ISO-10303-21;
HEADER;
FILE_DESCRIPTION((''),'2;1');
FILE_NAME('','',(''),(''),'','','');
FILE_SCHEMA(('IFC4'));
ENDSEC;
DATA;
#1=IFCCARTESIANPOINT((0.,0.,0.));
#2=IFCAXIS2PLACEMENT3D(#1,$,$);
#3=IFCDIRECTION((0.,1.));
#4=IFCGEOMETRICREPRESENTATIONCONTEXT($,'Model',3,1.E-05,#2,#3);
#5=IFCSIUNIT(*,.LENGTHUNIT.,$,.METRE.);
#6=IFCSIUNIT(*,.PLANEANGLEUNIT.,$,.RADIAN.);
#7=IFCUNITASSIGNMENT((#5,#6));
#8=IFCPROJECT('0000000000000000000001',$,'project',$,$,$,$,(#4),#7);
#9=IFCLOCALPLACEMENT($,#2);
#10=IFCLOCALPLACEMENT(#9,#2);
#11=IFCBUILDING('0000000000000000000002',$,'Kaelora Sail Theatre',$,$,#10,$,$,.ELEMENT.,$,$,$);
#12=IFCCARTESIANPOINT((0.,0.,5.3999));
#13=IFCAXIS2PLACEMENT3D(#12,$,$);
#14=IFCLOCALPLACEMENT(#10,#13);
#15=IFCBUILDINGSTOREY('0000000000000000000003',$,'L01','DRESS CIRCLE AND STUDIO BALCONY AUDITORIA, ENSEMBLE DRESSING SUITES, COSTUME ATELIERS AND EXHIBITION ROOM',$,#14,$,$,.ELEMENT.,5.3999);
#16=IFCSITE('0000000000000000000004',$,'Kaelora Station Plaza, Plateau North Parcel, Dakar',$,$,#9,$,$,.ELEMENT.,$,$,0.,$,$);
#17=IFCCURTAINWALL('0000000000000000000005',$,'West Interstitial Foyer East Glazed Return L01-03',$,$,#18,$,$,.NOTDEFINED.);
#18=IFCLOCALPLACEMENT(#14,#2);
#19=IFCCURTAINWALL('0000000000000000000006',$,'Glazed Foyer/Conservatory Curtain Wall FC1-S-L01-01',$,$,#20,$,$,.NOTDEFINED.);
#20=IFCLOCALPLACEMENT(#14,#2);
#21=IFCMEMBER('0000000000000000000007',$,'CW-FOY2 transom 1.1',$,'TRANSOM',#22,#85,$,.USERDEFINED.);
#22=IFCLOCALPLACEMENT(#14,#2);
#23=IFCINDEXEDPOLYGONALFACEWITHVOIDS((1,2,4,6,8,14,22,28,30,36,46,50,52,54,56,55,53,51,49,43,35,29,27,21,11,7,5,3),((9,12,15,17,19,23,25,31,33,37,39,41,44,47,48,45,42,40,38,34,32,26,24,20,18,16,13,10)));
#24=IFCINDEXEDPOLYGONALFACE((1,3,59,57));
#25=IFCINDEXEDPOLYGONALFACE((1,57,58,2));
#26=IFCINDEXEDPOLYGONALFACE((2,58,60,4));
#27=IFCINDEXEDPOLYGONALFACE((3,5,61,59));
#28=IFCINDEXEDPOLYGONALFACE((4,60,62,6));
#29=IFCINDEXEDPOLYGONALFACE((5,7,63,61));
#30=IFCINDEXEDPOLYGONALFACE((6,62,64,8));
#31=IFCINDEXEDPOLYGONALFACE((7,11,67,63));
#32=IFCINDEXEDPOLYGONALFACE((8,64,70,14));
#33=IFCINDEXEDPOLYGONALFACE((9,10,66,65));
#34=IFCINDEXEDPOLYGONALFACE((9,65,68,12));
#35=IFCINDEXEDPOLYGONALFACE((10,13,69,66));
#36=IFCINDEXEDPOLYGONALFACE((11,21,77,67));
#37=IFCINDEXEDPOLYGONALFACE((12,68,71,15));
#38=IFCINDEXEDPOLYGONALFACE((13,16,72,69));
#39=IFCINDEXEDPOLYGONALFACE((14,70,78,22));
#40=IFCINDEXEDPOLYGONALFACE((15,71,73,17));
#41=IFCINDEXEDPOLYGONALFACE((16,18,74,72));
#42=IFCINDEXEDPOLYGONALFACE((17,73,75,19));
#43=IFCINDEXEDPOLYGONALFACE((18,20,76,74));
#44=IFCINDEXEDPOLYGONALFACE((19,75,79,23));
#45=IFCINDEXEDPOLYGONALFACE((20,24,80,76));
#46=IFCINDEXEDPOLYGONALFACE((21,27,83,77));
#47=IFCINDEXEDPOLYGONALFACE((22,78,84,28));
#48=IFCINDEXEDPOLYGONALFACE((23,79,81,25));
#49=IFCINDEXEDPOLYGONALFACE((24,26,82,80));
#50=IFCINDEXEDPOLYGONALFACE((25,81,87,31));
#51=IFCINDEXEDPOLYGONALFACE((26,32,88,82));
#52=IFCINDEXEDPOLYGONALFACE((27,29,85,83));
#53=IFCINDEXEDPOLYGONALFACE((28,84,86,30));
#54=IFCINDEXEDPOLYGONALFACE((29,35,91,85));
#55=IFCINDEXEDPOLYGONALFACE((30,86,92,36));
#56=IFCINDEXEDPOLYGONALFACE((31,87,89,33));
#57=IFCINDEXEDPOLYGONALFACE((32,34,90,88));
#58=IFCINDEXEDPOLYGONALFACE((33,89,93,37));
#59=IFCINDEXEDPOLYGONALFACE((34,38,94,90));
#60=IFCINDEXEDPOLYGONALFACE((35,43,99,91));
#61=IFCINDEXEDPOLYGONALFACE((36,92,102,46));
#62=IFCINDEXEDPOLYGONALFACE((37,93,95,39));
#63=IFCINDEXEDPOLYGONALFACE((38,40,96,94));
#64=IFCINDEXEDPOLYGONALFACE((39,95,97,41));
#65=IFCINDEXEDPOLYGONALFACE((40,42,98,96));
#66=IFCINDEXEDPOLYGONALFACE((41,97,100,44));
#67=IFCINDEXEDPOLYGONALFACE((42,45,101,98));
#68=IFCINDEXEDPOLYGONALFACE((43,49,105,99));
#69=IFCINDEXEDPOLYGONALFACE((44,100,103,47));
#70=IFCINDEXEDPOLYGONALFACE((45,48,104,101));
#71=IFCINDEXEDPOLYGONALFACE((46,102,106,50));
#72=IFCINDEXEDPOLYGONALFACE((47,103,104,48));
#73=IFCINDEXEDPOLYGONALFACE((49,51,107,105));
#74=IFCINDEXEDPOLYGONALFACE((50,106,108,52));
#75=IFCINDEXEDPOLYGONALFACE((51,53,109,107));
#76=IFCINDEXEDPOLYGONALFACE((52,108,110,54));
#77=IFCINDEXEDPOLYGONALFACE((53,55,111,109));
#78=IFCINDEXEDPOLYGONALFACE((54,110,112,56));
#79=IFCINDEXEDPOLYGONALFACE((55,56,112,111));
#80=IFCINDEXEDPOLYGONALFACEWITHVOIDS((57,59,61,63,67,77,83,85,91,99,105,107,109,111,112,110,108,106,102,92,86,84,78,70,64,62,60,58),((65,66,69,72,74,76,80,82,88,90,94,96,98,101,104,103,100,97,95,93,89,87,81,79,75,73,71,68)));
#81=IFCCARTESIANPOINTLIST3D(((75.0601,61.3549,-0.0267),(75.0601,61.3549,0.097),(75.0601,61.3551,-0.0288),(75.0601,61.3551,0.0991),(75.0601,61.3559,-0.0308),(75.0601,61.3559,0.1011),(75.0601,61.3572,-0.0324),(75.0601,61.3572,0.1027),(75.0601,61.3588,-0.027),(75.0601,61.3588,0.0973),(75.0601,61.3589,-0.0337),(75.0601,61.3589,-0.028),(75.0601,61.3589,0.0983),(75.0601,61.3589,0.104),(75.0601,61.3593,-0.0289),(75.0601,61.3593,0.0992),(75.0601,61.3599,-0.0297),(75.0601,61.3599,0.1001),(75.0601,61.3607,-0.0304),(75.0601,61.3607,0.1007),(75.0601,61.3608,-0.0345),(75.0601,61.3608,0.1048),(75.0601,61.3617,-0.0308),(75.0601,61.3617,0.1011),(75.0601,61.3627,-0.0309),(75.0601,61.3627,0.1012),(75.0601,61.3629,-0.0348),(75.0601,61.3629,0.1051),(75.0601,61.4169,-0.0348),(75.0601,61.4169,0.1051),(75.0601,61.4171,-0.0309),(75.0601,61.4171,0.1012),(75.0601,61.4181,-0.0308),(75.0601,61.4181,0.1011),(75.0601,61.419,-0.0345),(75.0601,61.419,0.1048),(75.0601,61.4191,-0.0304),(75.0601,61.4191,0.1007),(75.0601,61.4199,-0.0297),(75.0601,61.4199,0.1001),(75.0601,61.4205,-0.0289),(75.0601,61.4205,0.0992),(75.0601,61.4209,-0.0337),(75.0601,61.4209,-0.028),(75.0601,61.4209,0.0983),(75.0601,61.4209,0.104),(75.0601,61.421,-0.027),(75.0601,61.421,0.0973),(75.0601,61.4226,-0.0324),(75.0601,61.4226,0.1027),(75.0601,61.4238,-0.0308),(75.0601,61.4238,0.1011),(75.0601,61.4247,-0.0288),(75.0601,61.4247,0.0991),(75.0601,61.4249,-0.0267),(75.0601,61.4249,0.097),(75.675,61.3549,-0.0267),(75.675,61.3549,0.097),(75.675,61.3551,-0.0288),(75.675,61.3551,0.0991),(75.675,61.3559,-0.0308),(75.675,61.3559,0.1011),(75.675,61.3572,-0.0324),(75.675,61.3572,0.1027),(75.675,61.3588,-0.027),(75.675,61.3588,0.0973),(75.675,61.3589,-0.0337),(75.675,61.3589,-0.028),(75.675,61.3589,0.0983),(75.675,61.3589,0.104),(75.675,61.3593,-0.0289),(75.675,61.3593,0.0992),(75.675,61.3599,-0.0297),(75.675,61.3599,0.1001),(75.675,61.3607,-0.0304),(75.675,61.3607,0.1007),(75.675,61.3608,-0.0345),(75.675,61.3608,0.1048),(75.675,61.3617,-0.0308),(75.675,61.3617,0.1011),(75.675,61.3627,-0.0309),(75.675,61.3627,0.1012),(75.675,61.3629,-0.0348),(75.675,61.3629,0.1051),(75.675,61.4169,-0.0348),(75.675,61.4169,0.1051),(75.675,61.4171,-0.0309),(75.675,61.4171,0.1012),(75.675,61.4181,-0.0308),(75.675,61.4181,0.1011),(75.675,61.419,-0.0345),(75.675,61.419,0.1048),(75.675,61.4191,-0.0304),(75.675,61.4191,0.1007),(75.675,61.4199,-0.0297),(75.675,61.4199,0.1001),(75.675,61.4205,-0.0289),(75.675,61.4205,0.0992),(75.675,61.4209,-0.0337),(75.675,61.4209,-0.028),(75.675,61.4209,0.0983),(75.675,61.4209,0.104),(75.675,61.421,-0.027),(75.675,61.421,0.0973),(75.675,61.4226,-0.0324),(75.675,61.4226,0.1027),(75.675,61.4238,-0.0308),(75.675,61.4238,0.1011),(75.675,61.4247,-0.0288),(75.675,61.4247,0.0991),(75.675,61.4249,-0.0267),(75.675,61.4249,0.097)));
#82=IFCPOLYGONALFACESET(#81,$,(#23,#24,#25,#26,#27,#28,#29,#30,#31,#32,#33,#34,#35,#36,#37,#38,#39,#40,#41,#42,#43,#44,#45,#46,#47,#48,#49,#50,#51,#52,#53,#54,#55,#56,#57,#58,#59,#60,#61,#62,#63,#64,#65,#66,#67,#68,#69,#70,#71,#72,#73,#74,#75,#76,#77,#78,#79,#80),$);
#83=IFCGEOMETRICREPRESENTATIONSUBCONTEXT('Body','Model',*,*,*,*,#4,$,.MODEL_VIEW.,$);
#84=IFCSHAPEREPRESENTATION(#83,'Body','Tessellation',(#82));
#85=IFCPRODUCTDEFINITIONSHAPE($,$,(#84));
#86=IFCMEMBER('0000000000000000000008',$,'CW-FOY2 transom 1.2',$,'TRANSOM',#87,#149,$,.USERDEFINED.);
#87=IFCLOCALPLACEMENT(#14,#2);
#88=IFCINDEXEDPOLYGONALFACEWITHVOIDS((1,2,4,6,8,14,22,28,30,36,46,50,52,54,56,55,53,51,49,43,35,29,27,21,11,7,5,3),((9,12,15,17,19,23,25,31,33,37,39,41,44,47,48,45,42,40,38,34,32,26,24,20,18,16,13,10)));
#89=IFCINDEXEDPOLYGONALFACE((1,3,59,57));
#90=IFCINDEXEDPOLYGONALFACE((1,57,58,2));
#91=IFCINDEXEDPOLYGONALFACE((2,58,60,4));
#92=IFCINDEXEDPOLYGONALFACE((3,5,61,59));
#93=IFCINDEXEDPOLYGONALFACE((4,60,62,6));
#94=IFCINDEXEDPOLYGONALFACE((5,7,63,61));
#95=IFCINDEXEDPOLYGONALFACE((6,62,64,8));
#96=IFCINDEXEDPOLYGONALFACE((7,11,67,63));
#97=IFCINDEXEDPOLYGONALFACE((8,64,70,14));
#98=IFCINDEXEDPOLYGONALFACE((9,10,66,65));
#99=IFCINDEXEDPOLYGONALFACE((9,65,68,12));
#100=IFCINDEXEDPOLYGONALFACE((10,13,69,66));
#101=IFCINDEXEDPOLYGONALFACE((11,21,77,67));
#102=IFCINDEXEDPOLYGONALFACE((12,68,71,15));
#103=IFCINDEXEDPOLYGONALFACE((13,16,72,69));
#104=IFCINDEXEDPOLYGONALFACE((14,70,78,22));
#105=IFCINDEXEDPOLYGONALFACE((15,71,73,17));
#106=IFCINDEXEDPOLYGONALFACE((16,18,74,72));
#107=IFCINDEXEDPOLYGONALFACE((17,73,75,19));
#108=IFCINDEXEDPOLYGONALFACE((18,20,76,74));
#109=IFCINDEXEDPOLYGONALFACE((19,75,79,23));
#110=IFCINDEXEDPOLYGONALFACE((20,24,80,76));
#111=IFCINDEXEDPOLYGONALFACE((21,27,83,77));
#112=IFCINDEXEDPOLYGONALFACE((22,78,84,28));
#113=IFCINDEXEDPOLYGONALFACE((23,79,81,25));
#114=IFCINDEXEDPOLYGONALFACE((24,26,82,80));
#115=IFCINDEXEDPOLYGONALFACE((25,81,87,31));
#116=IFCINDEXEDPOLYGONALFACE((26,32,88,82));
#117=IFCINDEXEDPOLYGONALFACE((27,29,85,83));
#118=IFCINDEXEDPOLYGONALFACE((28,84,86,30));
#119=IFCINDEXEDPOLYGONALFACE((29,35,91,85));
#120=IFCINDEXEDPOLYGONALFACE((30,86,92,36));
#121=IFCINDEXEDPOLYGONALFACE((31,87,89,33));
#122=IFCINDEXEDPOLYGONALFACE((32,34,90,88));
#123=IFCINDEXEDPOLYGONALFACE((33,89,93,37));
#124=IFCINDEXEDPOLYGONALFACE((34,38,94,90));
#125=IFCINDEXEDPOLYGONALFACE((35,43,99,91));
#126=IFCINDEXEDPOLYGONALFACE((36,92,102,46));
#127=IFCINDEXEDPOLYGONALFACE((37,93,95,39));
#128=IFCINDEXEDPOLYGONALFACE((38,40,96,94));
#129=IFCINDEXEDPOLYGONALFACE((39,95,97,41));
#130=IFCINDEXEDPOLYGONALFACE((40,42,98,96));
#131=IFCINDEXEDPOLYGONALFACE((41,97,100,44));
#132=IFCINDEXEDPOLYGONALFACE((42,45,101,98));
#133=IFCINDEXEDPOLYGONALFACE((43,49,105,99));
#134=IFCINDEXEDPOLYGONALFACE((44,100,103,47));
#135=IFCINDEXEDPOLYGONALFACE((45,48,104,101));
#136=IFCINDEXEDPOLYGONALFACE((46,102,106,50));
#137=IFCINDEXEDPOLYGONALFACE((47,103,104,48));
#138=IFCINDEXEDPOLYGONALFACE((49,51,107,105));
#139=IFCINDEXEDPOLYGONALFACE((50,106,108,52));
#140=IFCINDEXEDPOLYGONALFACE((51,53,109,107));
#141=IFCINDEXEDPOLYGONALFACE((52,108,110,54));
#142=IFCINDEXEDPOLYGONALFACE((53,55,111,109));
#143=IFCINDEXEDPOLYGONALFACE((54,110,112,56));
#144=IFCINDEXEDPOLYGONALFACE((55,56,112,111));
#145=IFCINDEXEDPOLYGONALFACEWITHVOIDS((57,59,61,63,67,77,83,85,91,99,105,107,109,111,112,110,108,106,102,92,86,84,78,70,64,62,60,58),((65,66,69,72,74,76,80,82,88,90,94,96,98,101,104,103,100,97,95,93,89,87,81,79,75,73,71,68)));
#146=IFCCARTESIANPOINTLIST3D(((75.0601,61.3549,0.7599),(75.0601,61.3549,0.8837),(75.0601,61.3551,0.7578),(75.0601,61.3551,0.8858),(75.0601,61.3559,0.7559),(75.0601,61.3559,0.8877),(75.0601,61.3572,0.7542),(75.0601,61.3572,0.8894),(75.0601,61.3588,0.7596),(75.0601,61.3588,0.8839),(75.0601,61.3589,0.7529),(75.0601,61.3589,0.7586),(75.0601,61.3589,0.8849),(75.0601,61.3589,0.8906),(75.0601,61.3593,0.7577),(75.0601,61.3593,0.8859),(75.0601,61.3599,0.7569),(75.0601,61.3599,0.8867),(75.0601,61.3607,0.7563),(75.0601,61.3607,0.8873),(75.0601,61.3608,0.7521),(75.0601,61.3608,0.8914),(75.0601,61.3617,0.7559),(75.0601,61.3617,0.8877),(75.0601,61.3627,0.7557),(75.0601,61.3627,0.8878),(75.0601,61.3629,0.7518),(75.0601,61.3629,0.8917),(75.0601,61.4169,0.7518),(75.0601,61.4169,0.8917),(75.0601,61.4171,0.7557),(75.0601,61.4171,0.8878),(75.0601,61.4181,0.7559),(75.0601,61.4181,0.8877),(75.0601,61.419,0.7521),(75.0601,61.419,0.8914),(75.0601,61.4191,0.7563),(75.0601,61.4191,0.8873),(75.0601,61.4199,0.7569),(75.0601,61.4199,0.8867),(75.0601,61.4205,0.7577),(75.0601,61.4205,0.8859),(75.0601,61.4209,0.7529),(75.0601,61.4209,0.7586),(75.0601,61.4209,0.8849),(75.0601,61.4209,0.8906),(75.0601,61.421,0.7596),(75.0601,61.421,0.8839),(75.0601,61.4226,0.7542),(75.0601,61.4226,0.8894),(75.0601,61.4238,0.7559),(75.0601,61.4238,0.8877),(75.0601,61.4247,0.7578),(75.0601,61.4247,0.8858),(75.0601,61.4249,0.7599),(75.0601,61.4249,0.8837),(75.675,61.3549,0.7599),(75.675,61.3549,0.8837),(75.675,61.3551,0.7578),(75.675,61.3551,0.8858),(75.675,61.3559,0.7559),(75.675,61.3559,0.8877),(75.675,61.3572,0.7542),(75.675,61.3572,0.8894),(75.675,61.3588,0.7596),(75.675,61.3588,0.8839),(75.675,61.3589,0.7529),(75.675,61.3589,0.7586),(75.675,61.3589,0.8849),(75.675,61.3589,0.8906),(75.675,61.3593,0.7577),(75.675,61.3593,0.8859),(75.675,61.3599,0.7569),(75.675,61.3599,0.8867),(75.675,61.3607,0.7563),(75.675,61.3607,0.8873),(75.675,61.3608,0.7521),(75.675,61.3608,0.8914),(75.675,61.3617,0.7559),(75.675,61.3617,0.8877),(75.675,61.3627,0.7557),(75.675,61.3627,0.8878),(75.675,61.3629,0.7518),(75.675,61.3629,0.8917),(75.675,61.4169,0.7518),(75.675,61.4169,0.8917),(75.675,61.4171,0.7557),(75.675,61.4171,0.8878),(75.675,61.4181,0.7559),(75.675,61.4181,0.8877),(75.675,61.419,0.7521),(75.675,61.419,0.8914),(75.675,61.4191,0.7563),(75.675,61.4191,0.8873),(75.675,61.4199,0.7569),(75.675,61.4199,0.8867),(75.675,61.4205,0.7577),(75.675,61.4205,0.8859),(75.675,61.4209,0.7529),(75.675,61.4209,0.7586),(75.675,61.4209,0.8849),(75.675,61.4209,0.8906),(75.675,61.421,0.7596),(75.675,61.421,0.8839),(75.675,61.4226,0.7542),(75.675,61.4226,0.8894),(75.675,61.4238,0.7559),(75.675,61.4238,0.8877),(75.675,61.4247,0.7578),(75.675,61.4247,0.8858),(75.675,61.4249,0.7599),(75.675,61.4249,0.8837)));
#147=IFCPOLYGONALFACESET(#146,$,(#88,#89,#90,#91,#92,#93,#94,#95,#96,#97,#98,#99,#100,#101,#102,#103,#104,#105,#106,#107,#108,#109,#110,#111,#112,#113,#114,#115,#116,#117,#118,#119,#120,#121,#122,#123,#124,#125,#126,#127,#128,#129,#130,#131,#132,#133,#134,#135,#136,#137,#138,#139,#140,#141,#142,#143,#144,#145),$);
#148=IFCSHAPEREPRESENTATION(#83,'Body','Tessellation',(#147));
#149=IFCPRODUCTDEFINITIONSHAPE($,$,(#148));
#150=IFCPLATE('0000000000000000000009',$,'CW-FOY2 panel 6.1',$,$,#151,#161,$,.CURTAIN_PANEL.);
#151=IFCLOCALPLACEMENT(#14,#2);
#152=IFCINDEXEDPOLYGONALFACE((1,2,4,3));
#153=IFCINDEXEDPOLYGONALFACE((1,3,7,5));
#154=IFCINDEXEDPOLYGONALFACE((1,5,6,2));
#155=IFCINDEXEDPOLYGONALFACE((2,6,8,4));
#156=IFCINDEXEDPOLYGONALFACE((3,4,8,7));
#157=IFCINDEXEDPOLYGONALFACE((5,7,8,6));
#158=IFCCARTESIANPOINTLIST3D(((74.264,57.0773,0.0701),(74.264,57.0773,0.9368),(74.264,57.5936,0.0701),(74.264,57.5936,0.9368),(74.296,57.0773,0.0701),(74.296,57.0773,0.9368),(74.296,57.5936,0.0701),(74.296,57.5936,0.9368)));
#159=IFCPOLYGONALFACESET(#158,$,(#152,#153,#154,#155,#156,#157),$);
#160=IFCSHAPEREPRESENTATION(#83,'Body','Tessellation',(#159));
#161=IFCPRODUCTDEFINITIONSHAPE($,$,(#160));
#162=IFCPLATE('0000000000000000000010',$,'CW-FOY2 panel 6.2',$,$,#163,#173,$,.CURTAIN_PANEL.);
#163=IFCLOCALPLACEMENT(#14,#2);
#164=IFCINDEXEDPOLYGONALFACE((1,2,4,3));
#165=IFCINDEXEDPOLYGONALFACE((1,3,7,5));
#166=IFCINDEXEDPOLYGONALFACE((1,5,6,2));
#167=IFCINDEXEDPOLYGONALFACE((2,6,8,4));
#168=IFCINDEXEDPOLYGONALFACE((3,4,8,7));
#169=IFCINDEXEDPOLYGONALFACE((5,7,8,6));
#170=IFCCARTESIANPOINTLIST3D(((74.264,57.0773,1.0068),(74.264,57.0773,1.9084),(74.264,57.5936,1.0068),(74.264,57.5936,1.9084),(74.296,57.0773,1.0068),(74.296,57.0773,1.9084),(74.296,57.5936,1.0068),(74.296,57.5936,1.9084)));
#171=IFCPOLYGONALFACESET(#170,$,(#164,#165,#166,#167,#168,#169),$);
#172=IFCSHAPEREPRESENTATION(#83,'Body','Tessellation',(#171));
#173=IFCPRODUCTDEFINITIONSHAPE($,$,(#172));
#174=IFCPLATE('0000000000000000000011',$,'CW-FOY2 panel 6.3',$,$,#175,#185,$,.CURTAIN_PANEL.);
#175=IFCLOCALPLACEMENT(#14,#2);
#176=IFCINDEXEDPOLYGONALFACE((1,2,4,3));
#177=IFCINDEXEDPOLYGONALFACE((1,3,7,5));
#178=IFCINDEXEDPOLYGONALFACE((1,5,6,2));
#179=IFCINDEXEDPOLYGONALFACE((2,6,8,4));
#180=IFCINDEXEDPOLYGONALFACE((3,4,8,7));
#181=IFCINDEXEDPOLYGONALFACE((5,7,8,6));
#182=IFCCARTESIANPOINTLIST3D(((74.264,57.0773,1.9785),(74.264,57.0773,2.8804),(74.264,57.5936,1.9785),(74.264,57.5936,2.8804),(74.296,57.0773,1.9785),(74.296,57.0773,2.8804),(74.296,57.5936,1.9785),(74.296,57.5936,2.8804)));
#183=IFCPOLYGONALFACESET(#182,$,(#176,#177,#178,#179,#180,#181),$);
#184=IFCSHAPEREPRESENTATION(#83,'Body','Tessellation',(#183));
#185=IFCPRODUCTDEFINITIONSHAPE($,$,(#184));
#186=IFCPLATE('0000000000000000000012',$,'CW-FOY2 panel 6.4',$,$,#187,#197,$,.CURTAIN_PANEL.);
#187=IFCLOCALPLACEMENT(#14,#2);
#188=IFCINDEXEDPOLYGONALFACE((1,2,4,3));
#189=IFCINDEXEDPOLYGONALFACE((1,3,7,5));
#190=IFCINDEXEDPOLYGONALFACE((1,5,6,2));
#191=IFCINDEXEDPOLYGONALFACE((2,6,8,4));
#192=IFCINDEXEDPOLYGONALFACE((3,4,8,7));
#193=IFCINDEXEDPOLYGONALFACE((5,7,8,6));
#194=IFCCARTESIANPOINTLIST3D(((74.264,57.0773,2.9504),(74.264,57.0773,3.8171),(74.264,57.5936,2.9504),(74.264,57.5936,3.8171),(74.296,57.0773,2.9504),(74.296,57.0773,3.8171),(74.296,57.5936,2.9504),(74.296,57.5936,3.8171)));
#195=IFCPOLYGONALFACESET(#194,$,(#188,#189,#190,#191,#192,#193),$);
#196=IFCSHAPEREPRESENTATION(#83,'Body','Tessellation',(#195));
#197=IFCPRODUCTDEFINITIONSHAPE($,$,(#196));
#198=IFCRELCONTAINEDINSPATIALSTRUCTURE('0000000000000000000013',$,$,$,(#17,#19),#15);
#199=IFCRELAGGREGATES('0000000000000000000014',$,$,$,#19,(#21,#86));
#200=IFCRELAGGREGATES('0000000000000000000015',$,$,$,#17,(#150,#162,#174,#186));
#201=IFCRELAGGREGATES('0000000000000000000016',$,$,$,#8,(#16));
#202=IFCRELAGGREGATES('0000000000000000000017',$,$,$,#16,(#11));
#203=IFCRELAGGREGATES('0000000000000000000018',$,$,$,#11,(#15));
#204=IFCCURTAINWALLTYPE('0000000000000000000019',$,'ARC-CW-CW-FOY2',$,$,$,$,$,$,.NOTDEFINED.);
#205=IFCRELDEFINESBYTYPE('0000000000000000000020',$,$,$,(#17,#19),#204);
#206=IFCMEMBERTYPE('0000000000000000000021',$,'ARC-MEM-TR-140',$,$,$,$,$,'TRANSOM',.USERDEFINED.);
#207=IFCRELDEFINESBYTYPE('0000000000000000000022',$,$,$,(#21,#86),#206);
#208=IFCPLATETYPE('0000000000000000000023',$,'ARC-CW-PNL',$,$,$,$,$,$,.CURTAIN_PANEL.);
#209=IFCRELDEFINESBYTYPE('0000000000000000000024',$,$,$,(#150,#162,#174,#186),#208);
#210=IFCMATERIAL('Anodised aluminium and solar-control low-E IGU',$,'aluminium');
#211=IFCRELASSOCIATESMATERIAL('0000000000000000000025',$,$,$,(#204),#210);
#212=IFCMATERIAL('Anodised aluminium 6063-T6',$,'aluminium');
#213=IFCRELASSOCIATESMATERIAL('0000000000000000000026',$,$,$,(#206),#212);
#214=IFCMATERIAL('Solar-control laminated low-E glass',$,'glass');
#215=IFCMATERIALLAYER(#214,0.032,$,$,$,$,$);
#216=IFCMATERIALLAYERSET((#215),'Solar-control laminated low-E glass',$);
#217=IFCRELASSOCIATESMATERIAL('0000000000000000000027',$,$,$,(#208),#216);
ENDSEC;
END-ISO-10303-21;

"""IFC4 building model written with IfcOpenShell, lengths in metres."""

from ifc_helpers import new_model, si_unit, direction, frame, origin, origin_2d, place, context, subcontext, project, spatial, rectangle, hollow_rectangle, extrude, material, layer, layer_set, material_profile, profile_set, type_object, element, aggregate, save


model = new_model("IFC4")

# Units and contexts
model_context = context("Model", 3, precision=1e-05, world=origin(), true_north=direction((0.0, 1.0)))
body_context = subcontext(model_context, "Body", "Model", "MODEL_VIEW")
ifc_project = project(units=[si_unit("LENGTHUNIT", "METRE"), si_unit("PLANEANGLEUNIT", "RADIAN")], contexts=[model_context])

# Site, building, storey
site_placement = place(None, origin())
site = spatial("IfcSite", under=ifc_project, at=site_placement, Name="Kaelora Station Plaza, Plateau North Parcel, Dakar", CompositionType="ELEMENT", RefElevation=0.0)
building_placement = place(site_placement, origin())
building = spatial("IfcBuilding", under=site, at=building_placement, Name="Kaelora Sail Theatre", CompositionType="ELEMENT")
storey_placement = place(building_placement, frame((0.0, 0.0, 5.3999)))
storey = spatial("IfcBuildingStorey", under=building, at=storey_placement, Name="L01", Description="DRESS CIRCLE AND STUDIO BALCONY AUDITORIA, ENSEMBLE DRESSING SUITES, COSTUME ATELIERS AND EXHIBITION ROOM", CompositionType="ELEMENT", Elevation=5.3999)

# Curtain wall
ifc_material_1 = material(Name="Anodised aluminium and solar-control low-E IGU", Category="aluminium")
curtain_wall_type = type_object("IfcCurtainWallType", Name="ARC-CW-CW-FOY2", PredefinedType="NOTDEFINED", material=ifc_material_1)
curtain_wall_1_placement = place(storey_placement, origin())
curtain_wall_1 = element("IfcCurtainWall", 1, at=curtain_wall_1_placement, inside=storey, type_object=curtain_wall_type, Name="West Interstitial Foyer East Glazed Return L01-03", PredefinedType="NOTDEFINED")

# Curtain wall
curtain_wall_2_placement = place(storey_placement, origin())
curtain_wall_2 = element("IfcCurtainWall", 2, at=curtain_wall_2_placement, inside=storey, type_object=curtain_wall_type, Name="Glazed Foyer/Conservatory Curtain Wall FC1-S-L01-01", PredefinedType="NOTDEFINED")

# Members
ifc_material_2 = material(Name="Anodised aluminium 6063-T6", Category="aluminium")
ifc_material_profile_1 = material_profile(ifc_material_2, hollow_rectangle(XDim=0.0701, YDim=0.1399, WallThickness=0.0039, InnerFilletRadius=0.0039, OuterFilletRadius=0.0081, at=origin_2d()), Name="ALU-TRAN 70x140x4")
ifc_profile_set_1 = profile_set([ifc_material_profile_1], Name="Anodised aluminium 6063-T6")
member_type_1 = type_object("IfcMemberType", Name="ARC-MEM-TR-140", ElementType="TRANSOM", PredefinedType="USERDEFINED", material=ifc_profile_set_1)
member_1_placement = place(storey_placement, frame((75.0601, 61.3899, 0.0352), z_axis=(1.0, 0.0, 0.0), x_axis=(0.0, 1.0, 0.0)))
member_1 = element("IfcMember", 3, at=member_1_placement, type_object=member_type_1, Name="CW-FOY2 transom 1.1", ObjectType="TRANSOM", PredefinedType="USERDEFINED", context=body_context, shape_type="SweptSolid", body=[
    extrude(hollow_rectangle(XDim=0.0701, YDim=0.1399, WallThickness=0.0039, InnerFilletRadius=0.0039, OuterFilletRadius=0.0081, at=origin_2d()), origin(), (0.0, 0.0, 1.0), 0.615),
])
member_2_placement = place(storey_placement, frame((75.0601, 61.3899, 0.8218), z_axis=(1.0, 0.0, 0.0), x_axis=(0.0, 1.0, 0.0)))
member_2 = element("IfcMember", 4, at=member_2_placement, type_object=member_type_1, Name="CW-FOY2 transom 1.2", ObjectType="TRANSOM", PredefinedType="USERDEFINED", context=body_context, shape_type="SweptSolid", body=[
    extrude(hollow_rectangle(XDim=0.0701, YDim=0.1399, WallThickness=0.0039, InnerFilletRadius=0.0039, OuterFilletRadius=0.0081, at=origin_2d()), origin(), (0.0, 0.0, 1.0), 0.615),
])
aggregate(curtain_wall_2, [member_1, member_2])

# Plates
ifc_material_3 = material(Name="Solar-control laminated low-E glass", Category="glass")
ifc_layer = layer(ifc_material_3, 0.032)
ifc_layer_set = layer_set([ifc_layer], Name="Solar-control laminated low-E glass")
plate_type = type_object("IfcPlateType", Name="ARC-CW-PNL", PredefinedType="CURTAIN_PANEL", material=ifc_layer_set)
plate_1_placement = place(storey_placement, frame((74.28, 57.3354, 0.0701), z_axis=(0.0, 0.0, 1.0), x_axis=(0.0, 1.0, 0.0)))
plate_1 = element("IfcPlate", 5, at=plate_1_placement, type_object=plate_type, Name="CW-FOY2 panel 6.1", PredefinedType="CURTAIN_PANEL", context=body_context, shape_type="SweptSolid", body=[
    extrude(rectangle(XDim=0.5164, YDim=0.032, at=origin_2d()), origin(), (0.0, 0.0, 1.0), 0.8667),
])
plate_2_placement = place(storey_placement, frame((74.28, 57.3354, 1.0068), z_axis=(0.0, 0.0, 1.0), x_axis=(0.0, 1.0, 0.0)))
plate_2 = element("IfcPlate", 6, at=plate_2_placement, type_object=plate_type, Name="CW-FOY2 panel 6.2", PredefinedType="CURTAIN_PANEL", context=body_context, shape_type="SweptSolid", body=[
    extrude(rectangle(XDim=0.5164, YDim=0.032, at=origin_2d()), origin(), (0.0, 0.0, 1.0), 0.9016),
])
plate_3_placement = place(storey_placement, frame((74.28, 57.3354, 1.9785), z_axis=(0.0, 0.0, 1.0), x_axis=(0.0, 1.0, 0.0)))
plate_3 = element("IfcPlate", 7, at=plate_3_placement, type_object=plate_type, Name="CW-FOY2 panel 6.3", PredefinedType="CURTAIN_PANEL", context=body_context, shape_type="SweptSolid", body=[
    extrude(rectangle(XDim=0.5164, YDim=0.032, at=origin_2d()), origin(), (0.0, 0.0, 1.0), 0.9019),
])
plate_4_placement = place(storey_placement, frame((74.28, 57.3354, 2.9504), z_axis=(0.0, 0.0, 1.0), x_axis=(0.0, 1.0, 0.0)))
plate_4 = element("IfcPlate", 8, at=plate_4_placement, type_object=plate_type, Name="CW-FOY2 panel 6.4", PredefinedType="CURTAIN_PANEL", context=body_context, shape_type="SweptSolid", body=[
    extrude(rectangle(XDim=0.5164, YDim=0.032, at=origin_2d()), origin(), (0.0, 0.0, 1.0), 0.8667),
])
aggregate(curtain_wall_1, [plate_1, plate_2, plate_3, plate_4])

save(model, "model.ifc")
